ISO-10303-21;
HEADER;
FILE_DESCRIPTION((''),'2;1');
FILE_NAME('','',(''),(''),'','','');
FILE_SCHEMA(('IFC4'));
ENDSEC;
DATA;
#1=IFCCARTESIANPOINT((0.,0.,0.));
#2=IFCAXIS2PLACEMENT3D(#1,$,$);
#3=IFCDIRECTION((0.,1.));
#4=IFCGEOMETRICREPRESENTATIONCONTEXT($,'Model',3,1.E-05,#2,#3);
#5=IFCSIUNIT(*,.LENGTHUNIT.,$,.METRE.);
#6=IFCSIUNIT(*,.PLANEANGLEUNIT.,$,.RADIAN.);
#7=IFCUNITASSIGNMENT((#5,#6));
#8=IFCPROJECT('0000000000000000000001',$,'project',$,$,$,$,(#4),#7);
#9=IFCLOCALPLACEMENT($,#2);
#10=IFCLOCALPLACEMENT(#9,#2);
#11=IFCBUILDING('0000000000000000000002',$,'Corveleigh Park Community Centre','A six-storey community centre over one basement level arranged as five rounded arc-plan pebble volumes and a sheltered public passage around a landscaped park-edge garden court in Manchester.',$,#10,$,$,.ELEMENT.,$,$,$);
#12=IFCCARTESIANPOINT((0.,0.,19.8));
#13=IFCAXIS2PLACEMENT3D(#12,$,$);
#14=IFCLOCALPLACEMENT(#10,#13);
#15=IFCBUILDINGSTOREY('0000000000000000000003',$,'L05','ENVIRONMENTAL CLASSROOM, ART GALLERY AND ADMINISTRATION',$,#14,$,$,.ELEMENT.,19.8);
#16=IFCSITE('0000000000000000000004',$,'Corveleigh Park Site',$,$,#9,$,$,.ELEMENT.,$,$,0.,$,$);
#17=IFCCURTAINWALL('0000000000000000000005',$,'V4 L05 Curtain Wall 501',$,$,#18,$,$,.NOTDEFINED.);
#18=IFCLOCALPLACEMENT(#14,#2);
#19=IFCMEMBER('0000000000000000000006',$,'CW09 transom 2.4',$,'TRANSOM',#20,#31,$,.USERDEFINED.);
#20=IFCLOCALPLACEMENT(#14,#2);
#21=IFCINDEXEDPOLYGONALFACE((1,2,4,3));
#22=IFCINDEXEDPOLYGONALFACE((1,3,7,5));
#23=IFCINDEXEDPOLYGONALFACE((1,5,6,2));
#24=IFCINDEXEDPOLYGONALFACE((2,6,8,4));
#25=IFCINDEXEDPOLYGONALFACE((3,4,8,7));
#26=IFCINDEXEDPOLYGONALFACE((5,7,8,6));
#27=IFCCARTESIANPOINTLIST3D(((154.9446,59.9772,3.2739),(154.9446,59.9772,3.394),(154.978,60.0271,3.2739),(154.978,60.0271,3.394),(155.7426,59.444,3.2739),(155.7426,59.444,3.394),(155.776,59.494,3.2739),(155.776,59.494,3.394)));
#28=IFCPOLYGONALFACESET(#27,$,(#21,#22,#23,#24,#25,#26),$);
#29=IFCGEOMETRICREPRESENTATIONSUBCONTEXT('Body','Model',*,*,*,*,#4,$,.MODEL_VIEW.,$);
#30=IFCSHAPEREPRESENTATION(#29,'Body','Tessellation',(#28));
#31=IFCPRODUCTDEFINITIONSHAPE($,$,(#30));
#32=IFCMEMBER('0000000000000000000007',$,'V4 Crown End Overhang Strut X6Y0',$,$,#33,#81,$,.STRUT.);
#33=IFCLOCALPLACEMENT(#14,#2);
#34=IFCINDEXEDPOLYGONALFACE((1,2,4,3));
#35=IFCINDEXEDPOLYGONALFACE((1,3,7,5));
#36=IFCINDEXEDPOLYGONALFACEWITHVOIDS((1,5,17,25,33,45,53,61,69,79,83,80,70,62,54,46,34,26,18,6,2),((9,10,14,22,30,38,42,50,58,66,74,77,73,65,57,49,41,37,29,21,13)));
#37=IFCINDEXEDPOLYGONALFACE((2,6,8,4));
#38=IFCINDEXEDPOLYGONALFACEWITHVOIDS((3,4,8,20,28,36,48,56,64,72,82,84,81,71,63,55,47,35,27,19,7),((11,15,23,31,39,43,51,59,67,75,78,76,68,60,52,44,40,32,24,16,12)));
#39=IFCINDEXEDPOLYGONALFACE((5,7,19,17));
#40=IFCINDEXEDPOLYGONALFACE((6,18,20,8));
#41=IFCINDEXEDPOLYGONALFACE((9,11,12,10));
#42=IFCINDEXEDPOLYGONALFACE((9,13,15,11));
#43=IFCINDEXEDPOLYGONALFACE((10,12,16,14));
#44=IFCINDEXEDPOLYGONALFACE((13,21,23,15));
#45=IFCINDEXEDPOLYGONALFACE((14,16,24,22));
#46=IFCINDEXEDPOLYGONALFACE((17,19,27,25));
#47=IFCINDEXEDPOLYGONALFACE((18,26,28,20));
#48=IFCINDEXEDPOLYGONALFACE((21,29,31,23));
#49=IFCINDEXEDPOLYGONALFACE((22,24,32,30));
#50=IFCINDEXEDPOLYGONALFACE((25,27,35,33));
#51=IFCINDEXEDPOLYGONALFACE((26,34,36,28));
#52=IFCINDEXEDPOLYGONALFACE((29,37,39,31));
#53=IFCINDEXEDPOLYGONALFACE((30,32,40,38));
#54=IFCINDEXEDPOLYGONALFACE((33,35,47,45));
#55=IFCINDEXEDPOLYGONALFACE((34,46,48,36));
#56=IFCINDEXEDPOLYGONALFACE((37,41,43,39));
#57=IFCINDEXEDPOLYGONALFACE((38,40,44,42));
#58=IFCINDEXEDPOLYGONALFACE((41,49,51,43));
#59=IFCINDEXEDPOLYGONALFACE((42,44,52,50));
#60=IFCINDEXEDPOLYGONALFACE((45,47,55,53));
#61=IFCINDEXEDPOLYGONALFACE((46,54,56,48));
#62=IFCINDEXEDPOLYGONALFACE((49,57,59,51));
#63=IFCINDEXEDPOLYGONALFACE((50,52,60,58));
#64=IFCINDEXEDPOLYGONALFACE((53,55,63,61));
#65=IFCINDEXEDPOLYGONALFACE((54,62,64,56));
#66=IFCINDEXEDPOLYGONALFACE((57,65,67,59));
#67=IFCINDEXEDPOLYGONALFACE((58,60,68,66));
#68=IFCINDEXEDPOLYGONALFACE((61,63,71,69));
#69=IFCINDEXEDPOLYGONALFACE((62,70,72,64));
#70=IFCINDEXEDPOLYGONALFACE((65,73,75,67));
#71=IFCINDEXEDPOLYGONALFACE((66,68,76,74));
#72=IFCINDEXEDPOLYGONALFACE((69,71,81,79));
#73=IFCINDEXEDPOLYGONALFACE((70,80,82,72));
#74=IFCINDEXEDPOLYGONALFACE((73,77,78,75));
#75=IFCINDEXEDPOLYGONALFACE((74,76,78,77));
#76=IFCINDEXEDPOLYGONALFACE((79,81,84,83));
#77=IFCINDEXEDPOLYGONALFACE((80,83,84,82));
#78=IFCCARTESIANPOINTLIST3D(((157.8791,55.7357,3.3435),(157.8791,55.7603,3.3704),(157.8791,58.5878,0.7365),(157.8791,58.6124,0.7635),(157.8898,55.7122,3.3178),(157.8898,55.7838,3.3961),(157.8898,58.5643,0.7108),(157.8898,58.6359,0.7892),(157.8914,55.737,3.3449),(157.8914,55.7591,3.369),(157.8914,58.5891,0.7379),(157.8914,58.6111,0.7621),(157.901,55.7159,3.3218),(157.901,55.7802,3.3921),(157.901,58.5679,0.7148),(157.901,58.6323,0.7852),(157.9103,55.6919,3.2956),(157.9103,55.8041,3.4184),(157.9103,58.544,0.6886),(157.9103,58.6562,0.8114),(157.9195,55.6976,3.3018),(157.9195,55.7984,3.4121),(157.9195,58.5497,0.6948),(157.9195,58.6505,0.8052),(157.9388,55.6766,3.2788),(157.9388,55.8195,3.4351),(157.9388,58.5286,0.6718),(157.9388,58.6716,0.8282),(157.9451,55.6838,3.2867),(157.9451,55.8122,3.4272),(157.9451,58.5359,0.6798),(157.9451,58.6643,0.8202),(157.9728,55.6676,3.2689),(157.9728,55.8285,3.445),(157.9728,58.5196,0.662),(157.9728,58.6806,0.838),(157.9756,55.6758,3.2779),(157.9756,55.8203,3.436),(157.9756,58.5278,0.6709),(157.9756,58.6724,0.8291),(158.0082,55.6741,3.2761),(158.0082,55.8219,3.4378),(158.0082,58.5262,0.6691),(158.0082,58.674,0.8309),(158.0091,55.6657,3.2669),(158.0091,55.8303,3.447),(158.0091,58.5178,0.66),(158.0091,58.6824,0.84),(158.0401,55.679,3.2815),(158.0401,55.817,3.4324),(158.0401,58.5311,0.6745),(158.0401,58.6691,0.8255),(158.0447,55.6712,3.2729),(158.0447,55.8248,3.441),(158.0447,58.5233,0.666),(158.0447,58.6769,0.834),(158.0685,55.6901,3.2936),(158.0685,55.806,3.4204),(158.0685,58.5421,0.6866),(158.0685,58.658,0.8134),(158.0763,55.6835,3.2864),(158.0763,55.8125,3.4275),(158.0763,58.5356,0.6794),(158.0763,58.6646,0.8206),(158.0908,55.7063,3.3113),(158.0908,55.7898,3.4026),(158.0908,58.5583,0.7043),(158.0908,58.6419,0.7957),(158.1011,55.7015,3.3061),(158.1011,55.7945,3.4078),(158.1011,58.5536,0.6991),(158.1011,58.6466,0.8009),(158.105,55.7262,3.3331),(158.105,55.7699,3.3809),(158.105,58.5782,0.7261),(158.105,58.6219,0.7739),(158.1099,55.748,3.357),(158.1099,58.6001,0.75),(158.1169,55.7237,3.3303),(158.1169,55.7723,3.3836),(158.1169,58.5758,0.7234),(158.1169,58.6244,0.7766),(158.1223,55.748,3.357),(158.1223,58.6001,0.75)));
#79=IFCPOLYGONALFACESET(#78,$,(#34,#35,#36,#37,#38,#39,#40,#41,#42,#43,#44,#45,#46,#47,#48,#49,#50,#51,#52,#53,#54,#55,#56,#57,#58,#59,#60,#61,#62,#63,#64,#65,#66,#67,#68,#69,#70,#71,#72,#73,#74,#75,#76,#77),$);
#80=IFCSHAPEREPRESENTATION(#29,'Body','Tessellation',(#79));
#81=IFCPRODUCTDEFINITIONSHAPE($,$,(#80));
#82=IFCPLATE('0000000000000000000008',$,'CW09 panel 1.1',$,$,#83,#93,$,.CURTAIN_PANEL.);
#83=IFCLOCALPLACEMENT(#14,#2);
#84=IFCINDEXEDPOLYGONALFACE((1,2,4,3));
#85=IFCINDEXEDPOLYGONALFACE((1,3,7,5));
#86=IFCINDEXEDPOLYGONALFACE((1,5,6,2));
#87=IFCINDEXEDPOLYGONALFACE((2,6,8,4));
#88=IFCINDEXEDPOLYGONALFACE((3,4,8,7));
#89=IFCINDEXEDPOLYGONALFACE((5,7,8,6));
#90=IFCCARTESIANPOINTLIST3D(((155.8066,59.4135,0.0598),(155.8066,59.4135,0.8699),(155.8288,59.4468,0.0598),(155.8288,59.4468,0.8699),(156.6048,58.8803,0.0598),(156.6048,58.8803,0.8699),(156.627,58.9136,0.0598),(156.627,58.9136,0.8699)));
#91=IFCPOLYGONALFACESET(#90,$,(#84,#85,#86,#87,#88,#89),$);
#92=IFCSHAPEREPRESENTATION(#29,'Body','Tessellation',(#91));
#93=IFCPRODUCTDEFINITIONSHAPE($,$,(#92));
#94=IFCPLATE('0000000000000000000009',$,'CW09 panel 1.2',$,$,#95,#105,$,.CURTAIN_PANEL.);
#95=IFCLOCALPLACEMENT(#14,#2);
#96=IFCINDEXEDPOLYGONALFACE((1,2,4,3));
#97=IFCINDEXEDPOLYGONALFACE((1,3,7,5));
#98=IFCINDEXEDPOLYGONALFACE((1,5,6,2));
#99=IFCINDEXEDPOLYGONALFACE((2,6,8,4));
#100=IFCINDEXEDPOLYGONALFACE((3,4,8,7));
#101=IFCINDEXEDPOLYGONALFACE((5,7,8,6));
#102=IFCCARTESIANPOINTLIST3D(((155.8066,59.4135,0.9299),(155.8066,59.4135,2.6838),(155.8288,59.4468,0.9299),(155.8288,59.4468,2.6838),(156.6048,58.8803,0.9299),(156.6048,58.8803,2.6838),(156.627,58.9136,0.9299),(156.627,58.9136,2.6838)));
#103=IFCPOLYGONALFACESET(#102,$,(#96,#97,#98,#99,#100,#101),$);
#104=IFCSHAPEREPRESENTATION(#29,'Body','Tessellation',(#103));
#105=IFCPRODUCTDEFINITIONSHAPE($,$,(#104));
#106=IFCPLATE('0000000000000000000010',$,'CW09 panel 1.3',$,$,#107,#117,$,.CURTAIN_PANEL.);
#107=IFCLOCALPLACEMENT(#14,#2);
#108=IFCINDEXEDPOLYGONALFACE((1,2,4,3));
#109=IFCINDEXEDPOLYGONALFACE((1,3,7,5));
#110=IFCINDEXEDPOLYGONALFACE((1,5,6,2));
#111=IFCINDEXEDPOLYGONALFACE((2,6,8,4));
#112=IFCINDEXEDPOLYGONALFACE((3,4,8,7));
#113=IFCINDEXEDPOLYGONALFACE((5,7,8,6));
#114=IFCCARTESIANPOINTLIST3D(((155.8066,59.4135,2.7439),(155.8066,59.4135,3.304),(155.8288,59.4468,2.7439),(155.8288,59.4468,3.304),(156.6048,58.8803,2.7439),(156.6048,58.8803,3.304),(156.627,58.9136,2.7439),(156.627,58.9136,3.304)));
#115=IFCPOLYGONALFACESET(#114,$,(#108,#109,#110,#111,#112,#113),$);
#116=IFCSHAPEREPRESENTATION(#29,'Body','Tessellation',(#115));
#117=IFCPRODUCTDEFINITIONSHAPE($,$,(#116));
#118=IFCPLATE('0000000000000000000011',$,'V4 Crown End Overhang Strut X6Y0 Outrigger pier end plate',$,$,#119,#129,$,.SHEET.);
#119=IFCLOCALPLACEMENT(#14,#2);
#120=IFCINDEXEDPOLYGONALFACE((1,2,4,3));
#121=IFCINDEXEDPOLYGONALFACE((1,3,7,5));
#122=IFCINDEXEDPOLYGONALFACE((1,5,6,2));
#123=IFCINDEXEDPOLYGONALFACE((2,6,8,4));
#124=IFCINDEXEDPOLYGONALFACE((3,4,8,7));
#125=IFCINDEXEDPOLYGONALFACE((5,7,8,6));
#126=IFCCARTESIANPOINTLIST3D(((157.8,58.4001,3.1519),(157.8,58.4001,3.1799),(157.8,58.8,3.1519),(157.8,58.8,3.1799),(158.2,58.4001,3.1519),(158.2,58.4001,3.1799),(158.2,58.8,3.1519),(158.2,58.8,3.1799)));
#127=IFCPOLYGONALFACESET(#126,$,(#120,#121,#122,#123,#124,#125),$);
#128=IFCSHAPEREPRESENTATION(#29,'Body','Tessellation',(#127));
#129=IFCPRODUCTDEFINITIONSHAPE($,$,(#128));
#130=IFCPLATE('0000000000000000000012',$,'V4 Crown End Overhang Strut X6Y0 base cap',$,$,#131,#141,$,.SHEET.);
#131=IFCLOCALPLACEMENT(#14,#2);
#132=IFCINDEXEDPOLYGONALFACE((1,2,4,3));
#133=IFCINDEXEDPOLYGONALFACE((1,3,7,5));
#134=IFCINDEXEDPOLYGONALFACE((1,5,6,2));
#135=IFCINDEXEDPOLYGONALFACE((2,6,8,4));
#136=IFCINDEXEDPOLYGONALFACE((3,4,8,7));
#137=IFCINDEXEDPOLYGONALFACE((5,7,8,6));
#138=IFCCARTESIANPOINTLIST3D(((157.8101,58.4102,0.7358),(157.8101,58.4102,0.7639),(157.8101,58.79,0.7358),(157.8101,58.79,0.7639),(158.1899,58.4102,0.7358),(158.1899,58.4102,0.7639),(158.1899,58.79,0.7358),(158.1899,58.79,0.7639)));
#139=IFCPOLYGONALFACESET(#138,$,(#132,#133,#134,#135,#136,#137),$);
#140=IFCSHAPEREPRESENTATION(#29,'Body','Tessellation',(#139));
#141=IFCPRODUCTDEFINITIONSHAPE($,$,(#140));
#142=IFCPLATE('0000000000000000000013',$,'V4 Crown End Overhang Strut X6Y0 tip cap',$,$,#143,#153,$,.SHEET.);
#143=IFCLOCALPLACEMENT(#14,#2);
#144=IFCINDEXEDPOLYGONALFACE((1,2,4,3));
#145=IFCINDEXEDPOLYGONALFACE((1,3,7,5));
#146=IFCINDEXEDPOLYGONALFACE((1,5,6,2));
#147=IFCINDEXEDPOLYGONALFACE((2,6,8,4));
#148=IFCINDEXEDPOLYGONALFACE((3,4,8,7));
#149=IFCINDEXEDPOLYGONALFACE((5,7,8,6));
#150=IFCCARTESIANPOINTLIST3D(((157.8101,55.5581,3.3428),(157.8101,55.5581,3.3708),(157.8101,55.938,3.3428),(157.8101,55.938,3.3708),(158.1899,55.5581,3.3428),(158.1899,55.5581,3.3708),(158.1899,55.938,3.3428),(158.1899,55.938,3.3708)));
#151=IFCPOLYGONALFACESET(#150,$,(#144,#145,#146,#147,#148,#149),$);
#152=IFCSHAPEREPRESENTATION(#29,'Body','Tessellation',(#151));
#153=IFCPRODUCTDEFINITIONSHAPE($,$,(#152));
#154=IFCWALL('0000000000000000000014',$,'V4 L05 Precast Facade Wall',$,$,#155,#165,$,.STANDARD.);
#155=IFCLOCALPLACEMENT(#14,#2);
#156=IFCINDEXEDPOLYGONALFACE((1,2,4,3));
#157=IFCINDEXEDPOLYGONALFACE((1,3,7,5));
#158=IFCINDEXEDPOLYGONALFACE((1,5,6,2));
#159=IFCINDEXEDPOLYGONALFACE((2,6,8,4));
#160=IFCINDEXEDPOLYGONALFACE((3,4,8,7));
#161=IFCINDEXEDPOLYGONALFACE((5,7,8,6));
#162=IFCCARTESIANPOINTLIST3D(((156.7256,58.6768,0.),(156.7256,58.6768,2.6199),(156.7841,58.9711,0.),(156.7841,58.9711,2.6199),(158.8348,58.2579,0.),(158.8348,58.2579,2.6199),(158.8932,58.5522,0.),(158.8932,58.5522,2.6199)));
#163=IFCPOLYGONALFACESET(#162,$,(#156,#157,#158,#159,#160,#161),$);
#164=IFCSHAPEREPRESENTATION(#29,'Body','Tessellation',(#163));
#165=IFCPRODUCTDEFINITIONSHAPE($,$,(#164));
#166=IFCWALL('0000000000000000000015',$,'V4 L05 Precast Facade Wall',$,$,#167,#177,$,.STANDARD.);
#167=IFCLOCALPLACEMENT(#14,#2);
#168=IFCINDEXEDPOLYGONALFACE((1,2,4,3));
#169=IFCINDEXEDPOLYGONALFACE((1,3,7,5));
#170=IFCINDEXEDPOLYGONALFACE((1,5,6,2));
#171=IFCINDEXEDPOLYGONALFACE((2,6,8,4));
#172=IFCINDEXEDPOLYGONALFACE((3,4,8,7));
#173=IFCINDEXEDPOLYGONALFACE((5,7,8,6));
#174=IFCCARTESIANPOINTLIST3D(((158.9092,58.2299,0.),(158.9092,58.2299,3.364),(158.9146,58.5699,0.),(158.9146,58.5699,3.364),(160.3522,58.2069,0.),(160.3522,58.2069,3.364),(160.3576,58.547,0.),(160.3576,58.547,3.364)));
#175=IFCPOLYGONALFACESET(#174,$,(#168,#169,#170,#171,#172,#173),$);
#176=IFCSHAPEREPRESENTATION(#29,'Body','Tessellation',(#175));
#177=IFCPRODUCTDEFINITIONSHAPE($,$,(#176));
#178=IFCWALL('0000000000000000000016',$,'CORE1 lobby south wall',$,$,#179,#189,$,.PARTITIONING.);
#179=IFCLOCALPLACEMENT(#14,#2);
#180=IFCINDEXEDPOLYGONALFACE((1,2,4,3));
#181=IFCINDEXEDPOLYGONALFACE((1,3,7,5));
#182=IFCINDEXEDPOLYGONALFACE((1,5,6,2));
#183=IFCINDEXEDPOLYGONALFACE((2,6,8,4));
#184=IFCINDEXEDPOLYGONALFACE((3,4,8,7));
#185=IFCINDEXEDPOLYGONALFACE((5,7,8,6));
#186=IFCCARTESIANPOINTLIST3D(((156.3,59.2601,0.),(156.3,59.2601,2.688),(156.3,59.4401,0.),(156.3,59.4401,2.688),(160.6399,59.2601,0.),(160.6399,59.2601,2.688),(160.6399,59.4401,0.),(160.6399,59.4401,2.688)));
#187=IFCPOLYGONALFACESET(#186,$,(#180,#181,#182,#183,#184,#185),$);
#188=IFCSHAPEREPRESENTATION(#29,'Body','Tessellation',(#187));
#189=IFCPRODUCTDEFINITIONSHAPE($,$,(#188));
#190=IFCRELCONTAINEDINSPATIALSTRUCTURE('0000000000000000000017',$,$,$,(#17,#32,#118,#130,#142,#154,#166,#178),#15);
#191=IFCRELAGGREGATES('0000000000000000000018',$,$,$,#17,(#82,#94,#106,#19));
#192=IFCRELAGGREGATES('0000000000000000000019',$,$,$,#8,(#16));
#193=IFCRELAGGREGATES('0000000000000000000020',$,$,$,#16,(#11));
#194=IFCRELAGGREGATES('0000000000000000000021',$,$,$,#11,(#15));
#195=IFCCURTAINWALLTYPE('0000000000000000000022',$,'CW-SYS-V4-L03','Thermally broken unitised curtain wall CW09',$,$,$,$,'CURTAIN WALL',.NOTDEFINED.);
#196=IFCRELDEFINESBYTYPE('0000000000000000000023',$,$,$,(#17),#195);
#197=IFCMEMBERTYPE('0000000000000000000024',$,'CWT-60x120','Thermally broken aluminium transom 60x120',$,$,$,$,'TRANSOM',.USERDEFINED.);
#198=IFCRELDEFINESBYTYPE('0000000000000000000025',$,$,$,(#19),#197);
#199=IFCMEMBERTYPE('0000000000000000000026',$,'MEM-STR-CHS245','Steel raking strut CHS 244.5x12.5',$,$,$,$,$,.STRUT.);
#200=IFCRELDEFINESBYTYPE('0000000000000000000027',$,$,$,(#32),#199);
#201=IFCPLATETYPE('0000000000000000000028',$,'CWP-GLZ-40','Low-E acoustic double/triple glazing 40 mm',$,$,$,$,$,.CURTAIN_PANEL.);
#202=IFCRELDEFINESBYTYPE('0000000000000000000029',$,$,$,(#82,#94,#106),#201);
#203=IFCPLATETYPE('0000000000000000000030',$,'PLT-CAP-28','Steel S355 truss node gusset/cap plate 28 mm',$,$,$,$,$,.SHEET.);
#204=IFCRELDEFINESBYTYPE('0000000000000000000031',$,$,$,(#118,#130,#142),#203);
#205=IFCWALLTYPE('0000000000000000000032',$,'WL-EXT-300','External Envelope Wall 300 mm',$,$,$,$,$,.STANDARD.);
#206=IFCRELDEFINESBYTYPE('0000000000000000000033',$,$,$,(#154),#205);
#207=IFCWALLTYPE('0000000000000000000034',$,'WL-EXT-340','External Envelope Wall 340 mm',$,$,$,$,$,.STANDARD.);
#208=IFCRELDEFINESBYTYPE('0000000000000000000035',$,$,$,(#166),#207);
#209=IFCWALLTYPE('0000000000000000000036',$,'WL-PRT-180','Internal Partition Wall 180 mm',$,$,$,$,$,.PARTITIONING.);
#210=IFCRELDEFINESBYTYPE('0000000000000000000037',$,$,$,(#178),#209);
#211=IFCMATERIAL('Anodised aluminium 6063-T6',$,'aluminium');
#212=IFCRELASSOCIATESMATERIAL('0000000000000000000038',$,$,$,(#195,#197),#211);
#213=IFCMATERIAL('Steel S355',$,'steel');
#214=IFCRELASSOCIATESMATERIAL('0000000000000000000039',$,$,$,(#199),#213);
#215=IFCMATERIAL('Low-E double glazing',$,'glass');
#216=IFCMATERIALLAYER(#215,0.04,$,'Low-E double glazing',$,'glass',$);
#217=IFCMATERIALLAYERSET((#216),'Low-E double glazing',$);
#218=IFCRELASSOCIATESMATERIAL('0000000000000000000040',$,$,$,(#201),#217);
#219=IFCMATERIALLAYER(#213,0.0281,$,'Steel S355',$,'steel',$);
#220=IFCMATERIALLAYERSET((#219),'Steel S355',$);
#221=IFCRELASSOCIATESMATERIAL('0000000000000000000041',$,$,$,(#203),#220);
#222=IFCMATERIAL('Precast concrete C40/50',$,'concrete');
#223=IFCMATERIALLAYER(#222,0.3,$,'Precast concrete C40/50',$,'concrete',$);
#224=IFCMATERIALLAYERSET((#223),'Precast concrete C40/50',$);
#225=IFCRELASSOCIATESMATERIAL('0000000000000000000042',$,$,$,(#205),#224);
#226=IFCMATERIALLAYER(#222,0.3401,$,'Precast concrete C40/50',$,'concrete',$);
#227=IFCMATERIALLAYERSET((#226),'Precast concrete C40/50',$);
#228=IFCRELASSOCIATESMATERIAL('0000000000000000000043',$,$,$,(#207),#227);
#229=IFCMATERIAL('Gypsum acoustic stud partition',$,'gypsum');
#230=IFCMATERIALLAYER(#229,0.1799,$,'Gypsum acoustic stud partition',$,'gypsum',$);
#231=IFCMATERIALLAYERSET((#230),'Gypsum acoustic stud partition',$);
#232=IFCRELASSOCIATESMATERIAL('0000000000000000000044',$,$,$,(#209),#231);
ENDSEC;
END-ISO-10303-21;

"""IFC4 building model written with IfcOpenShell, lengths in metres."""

from ifc_helpers import new_model, si_unit, direction, frame, frame_2d, origin, origin_2d, place, context, subcontext, project, spatial, rectangle, hollow_circle, extrude, material, layer, layer_set, material_profile, profile_set, type_object, element, aggregate, save


model = new_model("IFC4")

# Units and contexts
model_context = context("Model", 3, precision=1e-05, world=origin(), true_north=direction((0.0, 1.0)))
body_context = subcontext(model_context, "Body", "Model", "MODEL_VIEW")
ifc_project = project(units=[si_unit("LENGTHUNIT", "METRE"), si_unit("PLANEANGLEUNIT", "RADIAN")], contexts=[model_context])

# Site, building, storey
site_placement = place(None, origin())
site = spatial("IfcSite", under=ifc_project, at=site_placement, Name="Corveleigh Park Site", CompositionType="ELEMENT", RefElevation=0.0)
building_placement = place(site_placement, origin())
building = spatial("IfcBuilding", under=site, at=building_placement, Name="Corveleigh Park Community Centre", Description="A six-storey community centre over one basement level arranged as five rounded arc-plan pebble volumes and a sheltered public passage around a landscaped park-edge garden court in Manchester.", CompositionType="ELEMENT")
storey_placement = place(building_placement, frame((0.0, 0.0, 19.8)))
storey = spatial("IfcBuildingStorey", under=building, at=storey_placement, Name="L05", Description="ENVIRONMENTAL CLASSROOM, ART GALLERY AND ADMINISTRATION", CompositionType="ELEMENT", Elevation=19.8)

# Shared definitions
ifc_material_1 = material(Name="Steel S355", Category="steel")

# Curtain wall, member
ifc_material_2 = material(Name="Anodised aluminium 6063-T6", Category="aluminium")
curtain_wall_type = type_object("IfcCurtainWallType", Name="CW-SYS-V4-L03", Description="Thermally broken unitised curtain wall CW09", ElementType="CURTAIN WALL", PredefinedType="NOTDEFINED", material=ifc_material_2)
curtain_wall_placement = place(storey_placement, origin())
curtain_wall = element("IfcCurtainWall", 1, at=curtain_wall_placement, inside=storey, type_object=curtain_wall_type, Name="V4 L05 Curtain Wall 501", PredefinedType="NOTDEFINED")
ifc_material_profile_1 = material_profile(ifc_material_2, rectangle(XDim=0.0601, YDim=0.1201, at=origin_2d()), Name="ALU-T60x120", Category="aluminium")
ifc_profile_set_1 = profile_set([ifc_material_profile_1], Name="Anodised aluminium 6063-T6")
member_type_1 = type_object("IfcMemberType", Name="CWT-60x120", Description="Thermally broken aluminium transom 60x120", ElementType="TRANSOM", PredefinedType="USERDEFINED", material=ifc_profile_set_1)
member_1_placement = place(storey_placement, frame((155.7593, 59.469, 3.334), z_axis=(-0.831502, 0.555522, 0.0), x_axis=(-0.555522, -0.831502, 0.0)))
member_1 = element("IfcMember", 2, at=member_1_placement, type_object=member_type_1, Name="CW09 transom 2.4", ObjectType="TRANSOM", PredefinedType="USERDEFINED", context=body_context, shape_type="SweptSolid", body=[
    extrude(rectangle(XDim=0.0601, YDim=0.1201, at=origin_2d()), origin(), (0.0, 0.0, 1.0), 0.9597),
])

# Member
ifc_material_profile_2 = material_profile(ifc_material_1, hollow_circle(Radius=0.1223, WallThickness=0.0125, at=origin_2d()), Name="CHS 244.5x12.5", Category="steel")
ifc_profile_set_2 = profile_set([ifc_material_profile_2], Name="Steel S355")
member_type_2 = type_object("IfcMemberType", Name="MEM-STR-CHS245", Description="Steel raking strut CHS 244.5x12.5", PredefinedType="STRUT", material=ifc_profile_set_2)
member_2_placement = place(storey_placement, frame((158.0, 58.6001, 0.75), z_axis=(0.0, -0.738113, 0.674677), x_axis=(1.0, 0.0, 0.0)))
element("IfcMember", 3, at=member_2_placement, inside=storey, type_object=member_type_2, Name="V4 Crown End Overhang Strut X6Y0", PredefinedType="STRUT", context=body_context, shape_type="SweptSolid", body=[
    extrude(hollow_circle(Radius=0.1223, WallThickness=0.0125, at=origin_2d()), origin(), (0.0, 0.0, 1.0), 3.864),
])

# Plates
ifc_material_3 = material(Name="Low-E double glazing", Category="glass")
ifc_layer_1 = layer(ifc_material_3, 0.04, Name="Low-E double glazing", Category="glass")
ifc_layer_set_1 = layer_set([ifc_layer_1], Name="Low-E double glazing")
plate_type_1 = type_object("IfcPlateType", Name="CWP-GLZ-40", Description="Low-E acoustic double/triple glazing 40 mm", PredefinedType="CURTAIN_PANEL", material=ifc_layer_set_1)
plate_1_placement = place(storey_placement, frame((156.2168, 59.1636, 0.0598), z_axis=(0.0, 0.0, 1.0), x_axis=(-0.831544, 0.555458, 0.0)))
plate_1 = element("IfcPlate", 4, at=plate_1_placement, type_object=plate_type_1, Name="CW09 panel 1.1", PredefinedType="CURTAIN_PANEL", context=body_context, shape_type="SweptSolid", body=[
    extrude(rectangle(XDim=0.96, YDim=0.04, at=origin_2d()), origin(), (0.0, 0.0, 1.0), 0.8101),
])
plate_2_placement = place(storey_placement, frame((156.2168, 59.1636, 0.9299), z_axis=(0.0, 0.0, 1.0), x_axis=(-0.831544, 0.555458, 0.0)))
plate_2 = element("IfcPlate", 5, at=plate_2_placement, type_object=plate_type_1, Name="CW09 panel 1.2", PredefinedType="CURTAIN_PANEL", context=body_context, shape_type="SweptSolid", body=[
    extrude(rectangle(XDim=0.96, YDim=0.04, at=origin_2d()), origin(), (0.0, 0.0, 1.0), 1.7539),
])
plate_3_placement = place(storey_placement, frame((156.2168, 59.1636, 2.7439), z_axis=(0.0, 0.0, 1.0), x_axis=(-0.831544, 0.555458, 0.0)))
plate_3 = element("IfcPlate", 6, at=plate_3_placement, type_object=plate_type_1, Name="CW09 panel 1.3", PredefinedType="CURTAIN_PANEL", context=body_context, shape_type="SweptSolid", body=[
    extrude(rectangle(XDim=0.96, YDim=0.04, at=origin_2d()), origin(), (0.0, 0.0, 1.0), 0.5601),
])
aggregate(curtain_wall, [plate_1, plate_2, plate_3, member_1])

# Plates
ifc_layer_2 = layer(ifc_material_1, 0.0281, Name="Steel S355", Category="steel")
ifc_layer_set_2 = layer_set([ifc_layer_2], Name="Steel S355")
plate_type_2 = type_object("IfcPlateType", Name="PLT-CAP-28", Description="Steel S355 truss node gusset/cap plate 28 mm", PredefinedType="SHEET", material=ifc_layer_set_2)
plate_4_placement = place(storey_placement, frame((158.0, 58.6001, 3.1519), z_axis=(0.0, 0.0, 1.0), x_axis=(1.0, 0.0, 0.0)))
element("IfcPlate", 7, at=plate_4_placement, inside=storey, type_object=plate_type_2, Name="V4 Crown End Overhang Strut X6Y0 Outrigger pier end plate", PredefinedType="SHEET", context=body_context, shape_type="SweptSolid", body=[
    extrude(rectangle(XDim=0.3999, YDim=0.3999, at=origin_2d()), origin(), (0.0, 0.0, 1.0), 0.0281),
])
for number, where, z_axis, x_axis, name in (
    (8, (158.0, 58.6001, 0.7358), (0.0, 0.0, 1.0), (1.0, 0.0, 0.0), "V4 Crown End Overhang Strut X6Y0 base cap"),
    (9, (158.0, 55.748, 3.3428), (0.0, 0.0, 1.0), (1.0, 0.0, 0.0), "V4 Crown End Overhang Strut X6Y0 tip cap"),
):
    element("IfcPlate", number, at=place(storey_placement, frame(where, z_axis=z_axis, x_axis=x_axis)), inside=storey, type_object=plate_type_2, Name=name, PredefinedType="SHEET", context=body_context, shape_type="SweptSolid", body=[
        extrude(rectangle(XDim=0.3799, YDim=0.3799, at=origin_2d()), origin(), (0.0, 0.0, 1.0), 0.0281),
    ])

# Walls
ifc_material_4 = material(Name="Precast concrete C40/50", Category="concrete")
ifc_layer_3 = layer(ifc_material_4, 0.3, Name="Precast concrete C40/50", Category="concrete")
ifc_layer_set_3 = layer_set([ifc_layer_3], Name="Precast concrete C40/50")
wall_type_1 = type_object("IfcWallType", Name="WL-EXT-300", Description="External Envelope Wall 300 mm", PredefinedType="STANDARD", material=ifc_layer_set_3)
wall_1_placement = place(storey_placement, frame((158.864, 58.405, 0.0), z_axis=(0.0, 0.0, 1.0), x_axis=(-0.980837, 0.194828, 0.0)))
element("IfcWall", 10, at=wall_1_placement, inside=storey, type_object=wall_type_1, Name="V4 L05 Precast Facade Wall", PredefinedType="STANDARD", context=body_context, shape_type="SweptSolid", body=[
    extrude(rectangle(XDim=2.1504, YDim=0.3, at=frame_2d((1.0752, 0.0))), origin(), (0.0, 0.0, 1.0), 2.6199),
])
ifc_layer_4 = layer(ifc_material_4, 0.3401, Name="Precast concrete C40/50", Category="concrete")
ifc_layer_set_4 = layer_set([ifc_layer_4], Name="Precast concrete C40/50")
wall_type_2 = type_object("IfcWallType", Name="WL-EXT-340", Description="External Envelope Wall 340 mm", PredefinedType="STANDARD", material=ifc_layer_set_4)
wall_2_placement = place(storey_placement, frame((160.355, 58.377, 0.0), z_axis=(0.0, 0.0, 1.0), x_axis=(-0.999874, 0.015903, 0.0)))
element("IfcWall", 11, at=wall_2_placement, inside=storey, type_object=wall_type_2, Name="V4 L05 Precast Facade Wall", PredefinedType="STANDARD", context=body_context, shape_type="SweptSolid", body=[
    extrude(rectangle(XDim=1.4431, YDim=0.3401, at=frame_2d((0.7217, 0.0))), origin(), (0.0, 0.0, 1.0), 3.364),
])
ifc_material_5 = material(Name="Gypsum acoustic stud partition", Category="gypsum")
ifc_layer_5 = layer(ifc_material_5, 0.1799, Name="Gypsum acoustic stud partition", Category="gypsum")
ifc_layer_set_5 = layer_set([ifc_layer_5], Name="Gypsum acoustic stud partition")
wall_type_3 = type_object("IfcWallType", Name="WL-PRT-180", Description="Internal Partition Wall 180 mm", PredefinedType="PARTITIONING", material=ifc_layer_set_5)
wall_3_placement = place(storey_placement, frame((156.3, 59.3501, 0.0), z_axis=(0.0, 0.0, 1.0), x_axis=(1.0, 0.0, 0.0)))
element("IfcWall", 12, at=wall_3_placement, inside=storey, type_object=wall_type_3, Name="CORE1 lobby south wall", PredefinedType="PARTITIONING", context=body_context, shape_type="SweptSolid", body=[
    extrude(rectangle(XDim=4.3398, YDim=0.1799, at=frame_2d((2.1699, 0.0))), origin(), (0.0, 0.0, 1.0), 2.688),
])

save(model, "model.ifc")
